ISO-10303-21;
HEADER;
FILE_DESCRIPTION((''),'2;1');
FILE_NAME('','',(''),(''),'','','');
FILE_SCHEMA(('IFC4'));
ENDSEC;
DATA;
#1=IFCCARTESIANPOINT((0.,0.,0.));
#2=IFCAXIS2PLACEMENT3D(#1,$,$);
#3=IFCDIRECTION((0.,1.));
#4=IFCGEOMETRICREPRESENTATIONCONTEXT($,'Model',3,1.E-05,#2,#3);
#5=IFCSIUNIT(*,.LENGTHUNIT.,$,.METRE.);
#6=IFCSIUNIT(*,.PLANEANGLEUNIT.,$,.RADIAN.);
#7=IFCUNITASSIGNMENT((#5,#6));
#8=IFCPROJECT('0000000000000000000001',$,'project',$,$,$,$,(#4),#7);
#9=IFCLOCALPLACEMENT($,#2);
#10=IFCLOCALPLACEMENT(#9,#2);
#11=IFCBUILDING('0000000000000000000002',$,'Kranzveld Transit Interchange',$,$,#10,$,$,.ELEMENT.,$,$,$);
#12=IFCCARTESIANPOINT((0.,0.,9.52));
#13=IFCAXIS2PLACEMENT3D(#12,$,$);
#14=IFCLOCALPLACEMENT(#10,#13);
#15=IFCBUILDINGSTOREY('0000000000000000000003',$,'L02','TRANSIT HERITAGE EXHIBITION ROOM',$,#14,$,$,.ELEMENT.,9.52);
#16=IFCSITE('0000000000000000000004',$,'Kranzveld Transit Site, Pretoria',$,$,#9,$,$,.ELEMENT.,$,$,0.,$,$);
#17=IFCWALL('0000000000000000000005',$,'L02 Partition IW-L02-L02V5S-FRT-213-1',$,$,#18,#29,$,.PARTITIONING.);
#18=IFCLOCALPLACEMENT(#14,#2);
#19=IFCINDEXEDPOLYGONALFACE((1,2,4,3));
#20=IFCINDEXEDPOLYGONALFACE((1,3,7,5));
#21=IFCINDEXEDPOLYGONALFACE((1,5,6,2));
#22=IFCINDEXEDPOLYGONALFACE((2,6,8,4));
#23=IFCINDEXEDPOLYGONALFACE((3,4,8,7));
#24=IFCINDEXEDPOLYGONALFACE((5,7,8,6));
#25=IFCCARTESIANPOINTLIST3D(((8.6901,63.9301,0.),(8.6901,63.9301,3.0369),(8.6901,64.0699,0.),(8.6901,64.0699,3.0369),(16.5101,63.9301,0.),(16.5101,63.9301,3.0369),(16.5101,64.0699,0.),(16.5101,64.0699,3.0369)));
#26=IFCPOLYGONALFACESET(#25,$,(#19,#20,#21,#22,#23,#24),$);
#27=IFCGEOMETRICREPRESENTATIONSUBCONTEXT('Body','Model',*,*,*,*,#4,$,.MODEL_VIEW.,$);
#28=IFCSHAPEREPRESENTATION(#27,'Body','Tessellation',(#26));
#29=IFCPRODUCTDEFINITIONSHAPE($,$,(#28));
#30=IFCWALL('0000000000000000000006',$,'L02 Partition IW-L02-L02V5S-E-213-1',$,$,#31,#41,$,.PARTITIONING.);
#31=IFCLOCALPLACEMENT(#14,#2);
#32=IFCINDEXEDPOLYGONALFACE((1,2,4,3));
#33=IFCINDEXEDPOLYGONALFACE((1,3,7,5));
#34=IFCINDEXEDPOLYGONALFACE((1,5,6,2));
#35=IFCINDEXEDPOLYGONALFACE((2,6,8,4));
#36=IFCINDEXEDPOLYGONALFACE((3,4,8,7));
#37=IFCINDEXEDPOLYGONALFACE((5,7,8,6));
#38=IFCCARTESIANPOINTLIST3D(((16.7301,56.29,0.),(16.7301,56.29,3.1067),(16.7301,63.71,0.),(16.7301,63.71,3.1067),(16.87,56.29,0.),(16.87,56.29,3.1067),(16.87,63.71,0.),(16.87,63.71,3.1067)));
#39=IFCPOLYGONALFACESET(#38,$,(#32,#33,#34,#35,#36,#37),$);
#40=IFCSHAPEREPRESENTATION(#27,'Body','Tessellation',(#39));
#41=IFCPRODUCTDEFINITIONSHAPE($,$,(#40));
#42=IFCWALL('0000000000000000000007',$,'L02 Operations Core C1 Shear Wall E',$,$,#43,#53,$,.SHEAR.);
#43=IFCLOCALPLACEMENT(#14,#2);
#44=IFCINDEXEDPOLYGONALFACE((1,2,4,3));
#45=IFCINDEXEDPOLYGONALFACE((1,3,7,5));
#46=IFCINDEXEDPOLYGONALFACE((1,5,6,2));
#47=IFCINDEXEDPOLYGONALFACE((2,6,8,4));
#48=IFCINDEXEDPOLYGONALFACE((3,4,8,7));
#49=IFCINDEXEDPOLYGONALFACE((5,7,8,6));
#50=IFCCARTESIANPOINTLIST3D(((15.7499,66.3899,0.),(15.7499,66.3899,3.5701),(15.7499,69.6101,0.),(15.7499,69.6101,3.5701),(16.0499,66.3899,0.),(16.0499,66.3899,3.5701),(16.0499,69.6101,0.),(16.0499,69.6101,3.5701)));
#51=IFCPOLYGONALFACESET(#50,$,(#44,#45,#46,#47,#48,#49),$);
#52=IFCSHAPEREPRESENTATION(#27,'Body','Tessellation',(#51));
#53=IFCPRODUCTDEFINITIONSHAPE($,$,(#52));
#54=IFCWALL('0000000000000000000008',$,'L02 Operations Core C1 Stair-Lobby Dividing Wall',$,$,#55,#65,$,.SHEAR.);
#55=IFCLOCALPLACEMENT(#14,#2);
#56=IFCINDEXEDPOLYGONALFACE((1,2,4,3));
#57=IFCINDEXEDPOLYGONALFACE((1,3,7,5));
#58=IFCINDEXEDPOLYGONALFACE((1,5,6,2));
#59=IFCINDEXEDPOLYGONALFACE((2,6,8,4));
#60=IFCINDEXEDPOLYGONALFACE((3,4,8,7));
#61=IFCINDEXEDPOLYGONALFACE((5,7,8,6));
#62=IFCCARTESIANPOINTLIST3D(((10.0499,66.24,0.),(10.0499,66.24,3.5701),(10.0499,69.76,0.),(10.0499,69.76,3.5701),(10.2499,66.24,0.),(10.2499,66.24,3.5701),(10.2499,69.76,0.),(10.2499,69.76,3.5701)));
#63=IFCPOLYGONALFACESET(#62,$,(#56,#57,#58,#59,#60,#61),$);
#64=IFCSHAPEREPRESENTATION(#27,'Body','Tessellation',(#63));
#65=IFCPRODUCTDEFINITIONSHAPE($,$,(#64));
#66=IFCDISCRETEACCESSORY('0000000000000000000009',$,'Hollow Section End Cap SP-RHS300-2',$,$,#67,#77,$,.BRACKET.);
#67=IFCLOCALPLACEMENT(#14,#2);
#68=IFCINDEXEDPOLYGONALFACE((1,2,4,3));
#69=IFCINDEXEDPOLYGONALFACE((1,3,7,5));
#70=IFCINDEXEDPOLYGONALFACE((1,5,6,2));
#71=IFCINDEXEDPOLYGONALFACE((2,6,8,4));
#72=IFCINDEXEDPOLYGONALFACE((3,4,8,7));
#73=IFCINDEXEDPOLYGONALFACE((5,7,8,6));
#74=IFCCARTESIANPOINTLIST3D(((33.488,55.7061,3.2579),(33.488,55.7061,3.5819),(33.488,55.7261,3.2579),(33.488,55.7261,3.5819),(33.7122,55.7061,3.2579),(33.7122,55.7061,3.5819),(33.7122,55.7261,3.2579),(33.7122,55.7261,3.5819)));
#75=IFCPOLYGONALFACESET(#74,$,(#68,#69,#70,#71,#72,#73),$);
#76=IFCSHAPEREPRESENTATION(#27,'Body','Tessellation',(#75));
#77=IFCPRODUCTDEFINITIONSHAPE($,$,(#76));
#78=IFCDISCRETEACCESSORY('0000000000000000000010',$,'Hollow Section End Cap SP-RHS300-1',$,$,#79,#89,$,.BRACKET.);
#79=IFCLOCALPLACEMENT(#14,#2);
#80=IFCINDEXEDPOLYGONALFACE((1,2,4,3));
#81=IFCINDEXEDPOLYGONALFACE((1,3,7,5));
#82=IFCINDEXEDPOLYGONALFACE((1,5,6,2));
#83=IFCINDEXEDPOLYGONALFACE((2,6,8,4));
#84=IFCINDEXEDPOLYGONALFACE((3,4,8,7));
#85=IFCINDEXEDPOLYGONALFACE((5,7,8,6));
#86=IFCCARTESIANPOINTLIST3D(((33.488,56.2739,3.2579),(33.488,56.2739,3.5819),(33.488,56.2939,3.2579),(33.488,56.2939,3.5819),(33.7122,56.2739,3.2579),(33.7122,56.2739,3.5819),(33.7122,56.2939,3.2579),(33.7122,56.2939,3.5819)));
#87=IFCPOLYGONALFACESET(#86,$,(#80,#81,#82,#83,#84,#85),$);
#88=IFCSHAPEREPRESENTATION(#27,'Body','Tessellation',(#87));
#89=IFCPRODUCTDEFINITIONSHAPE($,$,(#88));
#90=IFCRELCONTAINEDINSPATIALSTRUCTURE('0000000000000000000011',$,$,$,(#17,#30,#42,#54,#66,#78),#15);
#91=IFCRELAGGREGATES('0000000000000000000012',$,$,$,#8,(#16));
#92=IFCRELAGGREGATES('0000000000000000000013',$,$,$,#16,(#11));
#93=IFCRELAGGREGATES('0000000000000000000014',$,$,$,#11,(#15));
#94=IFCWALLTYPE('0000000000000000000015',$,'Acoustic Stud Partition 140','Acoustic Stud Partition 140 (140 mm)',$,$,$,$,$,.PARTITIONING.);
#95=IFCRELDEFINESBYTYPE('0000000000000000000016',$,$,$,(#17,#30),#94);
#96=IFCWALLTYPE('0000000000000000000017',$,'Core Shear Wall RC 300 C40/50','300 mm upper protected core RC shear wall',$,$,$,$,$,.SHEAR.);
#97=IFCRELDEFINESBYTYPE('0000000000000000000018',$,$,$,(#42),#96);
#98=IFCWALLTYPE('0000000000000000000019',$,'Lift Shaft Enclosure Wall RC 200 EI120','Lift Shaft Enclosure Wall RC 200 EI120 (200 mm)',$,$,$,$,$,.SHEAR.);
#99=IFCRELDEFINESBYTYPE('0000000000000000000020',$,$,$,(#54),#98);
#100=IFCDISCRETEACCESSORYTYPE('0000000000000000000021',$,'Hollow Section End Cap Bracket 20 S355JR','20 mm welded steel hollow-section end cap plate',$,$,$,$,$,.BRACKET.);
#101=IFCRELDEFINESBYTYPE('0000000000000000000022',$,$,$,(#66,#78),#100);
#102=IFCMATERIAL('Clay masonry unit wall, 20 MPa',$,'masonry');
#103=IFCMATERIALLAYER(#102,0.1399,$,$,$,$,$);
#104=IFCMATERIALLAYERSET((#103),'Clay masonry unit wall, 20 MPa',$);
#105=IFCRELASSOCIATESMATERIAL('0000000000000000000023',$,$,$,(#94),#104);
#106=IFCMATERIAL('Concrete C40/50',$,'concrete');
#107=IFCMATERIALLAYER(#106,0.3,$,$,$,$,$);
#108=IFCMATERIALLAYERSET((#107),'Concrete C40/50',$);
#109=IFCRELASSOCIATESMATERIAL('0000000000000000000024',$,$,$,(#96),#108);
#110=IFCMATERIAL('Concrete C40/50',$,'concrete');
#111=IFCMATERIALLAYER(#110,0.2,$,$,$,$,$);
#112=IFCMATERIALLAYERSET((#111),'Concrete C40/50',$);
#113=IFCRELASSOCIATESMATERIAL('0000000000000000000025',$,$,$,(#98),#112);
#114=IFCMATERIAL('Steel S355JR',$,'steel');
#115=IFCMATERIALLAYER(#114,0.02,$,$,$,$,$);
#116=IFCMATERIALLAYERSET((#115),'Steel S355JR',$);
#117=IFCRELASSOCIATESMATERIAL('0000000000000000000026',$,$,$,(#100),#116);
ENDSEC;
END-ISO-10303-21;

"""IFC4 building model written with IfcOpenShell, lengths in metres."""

from ifc_helpers import new_model, si_unit, direction, frame, frame_2d, origin, origin_2d, place, context, subcontext, project, spatial, rectangle, extrude, material, layer, layer_set, type_object, element, save


model = new_model("IFC4")

# Units and contexts
model_context = context("Model", 3, precision=1e-05, world=origin(), true_north=direction((0.0, 1.0)))
body_context = subcontext(model_context, "Body", "Model", "MODEL_VIEW")
ifc_project = project(units=[si_unit("LENGTHUNIT", "METRE"), si_unit("PLANEANGLEUNIT", "RADIAN")], contexts=[model_context])

# Site, building, storey
site_placement = place(None, origin())
site = spatial("IfcSite", under=ifc_project, at=site_placement, Name="Kranzveld Transit Site, Pretoria", CompositionType="ELEMENT", RefElevation=0.0)
building_placement = place(site_placement, origin())
building = spatial("IfcBuilding", under=site, at=building_placement, Name="Kranzveld Transit Interchange", CompositionType="ELEMENT")
storey_placement = place(building_placement, frame((0.0, 0.0, 9.52)))
storey = spatial("IfcBuildingStorey", under=building, at=storey_placement, Name="L02", Description="TRANSIT HERITAGE EXHIBITION ROOM", CompositionType="ELEMENT", Elevation=9.52)

# Walls
ifc_material_1 = material(Name="Clay masonry unit wall, 20 MPa", Category="masonry")
ifc_layer_1 = layer(ifc_material_1, 0.1399)
ifc_layer_set_1 = layer_set([ifc_layer_1], Name="Clay masonry unit wall, 20 MPa")
wall_type_1 = type_object("IfcWallType", Name="Acoustic Stud Partition 140", Description="Acoustic Stud Partition 140 (140 mm)", PredefinedType="PARTITIONING", material=ifc_layer_set_1)
wall_1_placement = place(storey_placement, frame((8.6899, 64.0, 0.0), z_axis=(0.0, 0.0, 1.0), x_axis=(1.0, 0.0, 0.0)))
element("IfcWall", 1, at=wall_1_placement, inside=storey, type_object=wall_type_1, Name="L02 Partition IW-L02-L02V5S-FRT-213-1", PredefinedType="PARTITIONING", context=body_context, shape_type="SweptSolid", body=[
    extrude(rectangle(XDim=7.8201, YDim=0.1399, at=frame_2d((3.9102, 0.0))), origin(), (0.0, 0.0, 1.0), 3.0369),
])
wall_2_placement = place(storey_placement, frame((16.8, 56.29, 0.0), z_axis=(0.0, 0.0, 1.0), x_axis=(0.0, 1.0, 0.0)))
element("IfcWall", 2, at=wall_2_placement, inside=storey, type_object=wall_type_1, Name="L02 Partition IW-L02-L02V5S-E-213-1", PredefinedType="PARTITIONING", context=body_context, shape_type="SweptSolid", body=[
    extrude(rectangle(XDim=7.4199, YDim=0.1399, at=frame_2d((3.71, 0.0))), origin(), (0.0, 0.0, 1.0), 3.1067),
])
ifc_material_2 = material(Name="Concrete C40/50", Category="concrete")
ifc_layer_2 = layer(ifc_material_2, 0.3)
ifc_layer_set_2 = layer_set([ifc_layer_2], Name="Concrete C40/50")
wall_type_2 = type_object("IfcWallType", Name="Core Shear Wall RC 300 C40/50", Description="300 mm upper protected core RC shear wall", PredefinedType="SHEAR", material=ifc_layer_set_2)
wall_3_placement = place(storey_placement, frame((15.8999, 66.3899, 0.0), z_axis=(0.0, 0.0, 1.0), x_axis=(0.0, 1.0, 0.0)))
element("IfcWall", 3, at=wall_3_placement, inside=storey, type_object=wall_type_2, Name="L02 Operations Core C1 Shear Wall E", PredefinedType="SHEAR", context=body_context, shape_type="SweptSolid", body=[
    extrude(rectangle(XDim=3.2202, YDim=0.3, at=frame_2d((1.6101, 0.0))), origin(), (0.0, 0.0, 1.0), 3.5701),
])
ifc_material_3 = material(Name="Concrete C40/50", Category="concrete")
ifc_layer_3 = layer(ifc_material_3, 0.2)
ifc_layer_set_3 = layer_set([ifc_layer_3], Name="Concrete C40/50")
wall_type_3 = type_object("IfcWallType", Name="Lift Shaft Enclosure Wall RC 200 EI120", Description="Lift Shaft Enclosure Wall RC 200 EI120 (200 mm)", PredefinedType="SHEAR", material=ifc_layer_set_3)
wall_4_placement = place(storey_placement, frame((10.1499, 66.24, 0.0), z_axis=(0.0, 0.0, 1.0), x_axis=(0.0, 1.0, 0.0)))
element("IfcWall", 4, at=wall_4_placement, inside=storey, type_object=wall_type_3, Name="L02 Operations Core C1 Stair-Lobby Dividing Wall", PredefinedType="SHEAR", context=body_context, shape_type="SweptSolid", body=[
    extrude(rectangle(XDim=3.52, YDim=0.2, at=frame_2d((1.76, 0.0))), origin(), (0.0, 0.0, 1.0), 3.5701),
])

# Discrete accessories
ifc_material_4 = material(Name="Steel S355JR", Category="steel")
ifc_layer_4 = layer(ifc_material_4, 0.02)
ifc_layer_set_4 = layer_set([ifc_layer_4], Name="Steel S355JR")
discrete_accessory_type = type_object("IfcDiscreteAccessoryType", Name="Hollow Section End Cap Bracket 20 S355JR", Description="20 mm welded steel hollow-section end cap plate", PredefinedType="BRACKET", material=ifc_layer_set_4)
for number, where, z_axis, x_axis, name in (
    (5, (33.6001, 55.7061, 3.4199), (0.0, 1.0, 0.0), (-1.0, 0.0, 0.0), "Hollow Section End Cap SP-RHS300-2"),
    (6, (33.6001, 56.2939, 3.4199), (0.0, -1.0, 0.0), (1.0, 0.0, 0.0), "Hollow Section End Cap SP-RHS300-1"),
):
    element("IfcDiscreteAccessory", number, at=place(storey_placement, frame(where, z_axis=z_axis, x_axis=x_axis)), inside=storey, type_object=discrete_accessory_type, Name=name, PredefinedType="BRACKET", context=body_context, shape_type="SweptSolid", body=[
        extrude(rectangle(XDim=0.2241, YDim=0.324, at=origin_2d()), origin(), (0.0, 0.0, 1.0), 0.02),
    ])

save(model, "model.ifc")
